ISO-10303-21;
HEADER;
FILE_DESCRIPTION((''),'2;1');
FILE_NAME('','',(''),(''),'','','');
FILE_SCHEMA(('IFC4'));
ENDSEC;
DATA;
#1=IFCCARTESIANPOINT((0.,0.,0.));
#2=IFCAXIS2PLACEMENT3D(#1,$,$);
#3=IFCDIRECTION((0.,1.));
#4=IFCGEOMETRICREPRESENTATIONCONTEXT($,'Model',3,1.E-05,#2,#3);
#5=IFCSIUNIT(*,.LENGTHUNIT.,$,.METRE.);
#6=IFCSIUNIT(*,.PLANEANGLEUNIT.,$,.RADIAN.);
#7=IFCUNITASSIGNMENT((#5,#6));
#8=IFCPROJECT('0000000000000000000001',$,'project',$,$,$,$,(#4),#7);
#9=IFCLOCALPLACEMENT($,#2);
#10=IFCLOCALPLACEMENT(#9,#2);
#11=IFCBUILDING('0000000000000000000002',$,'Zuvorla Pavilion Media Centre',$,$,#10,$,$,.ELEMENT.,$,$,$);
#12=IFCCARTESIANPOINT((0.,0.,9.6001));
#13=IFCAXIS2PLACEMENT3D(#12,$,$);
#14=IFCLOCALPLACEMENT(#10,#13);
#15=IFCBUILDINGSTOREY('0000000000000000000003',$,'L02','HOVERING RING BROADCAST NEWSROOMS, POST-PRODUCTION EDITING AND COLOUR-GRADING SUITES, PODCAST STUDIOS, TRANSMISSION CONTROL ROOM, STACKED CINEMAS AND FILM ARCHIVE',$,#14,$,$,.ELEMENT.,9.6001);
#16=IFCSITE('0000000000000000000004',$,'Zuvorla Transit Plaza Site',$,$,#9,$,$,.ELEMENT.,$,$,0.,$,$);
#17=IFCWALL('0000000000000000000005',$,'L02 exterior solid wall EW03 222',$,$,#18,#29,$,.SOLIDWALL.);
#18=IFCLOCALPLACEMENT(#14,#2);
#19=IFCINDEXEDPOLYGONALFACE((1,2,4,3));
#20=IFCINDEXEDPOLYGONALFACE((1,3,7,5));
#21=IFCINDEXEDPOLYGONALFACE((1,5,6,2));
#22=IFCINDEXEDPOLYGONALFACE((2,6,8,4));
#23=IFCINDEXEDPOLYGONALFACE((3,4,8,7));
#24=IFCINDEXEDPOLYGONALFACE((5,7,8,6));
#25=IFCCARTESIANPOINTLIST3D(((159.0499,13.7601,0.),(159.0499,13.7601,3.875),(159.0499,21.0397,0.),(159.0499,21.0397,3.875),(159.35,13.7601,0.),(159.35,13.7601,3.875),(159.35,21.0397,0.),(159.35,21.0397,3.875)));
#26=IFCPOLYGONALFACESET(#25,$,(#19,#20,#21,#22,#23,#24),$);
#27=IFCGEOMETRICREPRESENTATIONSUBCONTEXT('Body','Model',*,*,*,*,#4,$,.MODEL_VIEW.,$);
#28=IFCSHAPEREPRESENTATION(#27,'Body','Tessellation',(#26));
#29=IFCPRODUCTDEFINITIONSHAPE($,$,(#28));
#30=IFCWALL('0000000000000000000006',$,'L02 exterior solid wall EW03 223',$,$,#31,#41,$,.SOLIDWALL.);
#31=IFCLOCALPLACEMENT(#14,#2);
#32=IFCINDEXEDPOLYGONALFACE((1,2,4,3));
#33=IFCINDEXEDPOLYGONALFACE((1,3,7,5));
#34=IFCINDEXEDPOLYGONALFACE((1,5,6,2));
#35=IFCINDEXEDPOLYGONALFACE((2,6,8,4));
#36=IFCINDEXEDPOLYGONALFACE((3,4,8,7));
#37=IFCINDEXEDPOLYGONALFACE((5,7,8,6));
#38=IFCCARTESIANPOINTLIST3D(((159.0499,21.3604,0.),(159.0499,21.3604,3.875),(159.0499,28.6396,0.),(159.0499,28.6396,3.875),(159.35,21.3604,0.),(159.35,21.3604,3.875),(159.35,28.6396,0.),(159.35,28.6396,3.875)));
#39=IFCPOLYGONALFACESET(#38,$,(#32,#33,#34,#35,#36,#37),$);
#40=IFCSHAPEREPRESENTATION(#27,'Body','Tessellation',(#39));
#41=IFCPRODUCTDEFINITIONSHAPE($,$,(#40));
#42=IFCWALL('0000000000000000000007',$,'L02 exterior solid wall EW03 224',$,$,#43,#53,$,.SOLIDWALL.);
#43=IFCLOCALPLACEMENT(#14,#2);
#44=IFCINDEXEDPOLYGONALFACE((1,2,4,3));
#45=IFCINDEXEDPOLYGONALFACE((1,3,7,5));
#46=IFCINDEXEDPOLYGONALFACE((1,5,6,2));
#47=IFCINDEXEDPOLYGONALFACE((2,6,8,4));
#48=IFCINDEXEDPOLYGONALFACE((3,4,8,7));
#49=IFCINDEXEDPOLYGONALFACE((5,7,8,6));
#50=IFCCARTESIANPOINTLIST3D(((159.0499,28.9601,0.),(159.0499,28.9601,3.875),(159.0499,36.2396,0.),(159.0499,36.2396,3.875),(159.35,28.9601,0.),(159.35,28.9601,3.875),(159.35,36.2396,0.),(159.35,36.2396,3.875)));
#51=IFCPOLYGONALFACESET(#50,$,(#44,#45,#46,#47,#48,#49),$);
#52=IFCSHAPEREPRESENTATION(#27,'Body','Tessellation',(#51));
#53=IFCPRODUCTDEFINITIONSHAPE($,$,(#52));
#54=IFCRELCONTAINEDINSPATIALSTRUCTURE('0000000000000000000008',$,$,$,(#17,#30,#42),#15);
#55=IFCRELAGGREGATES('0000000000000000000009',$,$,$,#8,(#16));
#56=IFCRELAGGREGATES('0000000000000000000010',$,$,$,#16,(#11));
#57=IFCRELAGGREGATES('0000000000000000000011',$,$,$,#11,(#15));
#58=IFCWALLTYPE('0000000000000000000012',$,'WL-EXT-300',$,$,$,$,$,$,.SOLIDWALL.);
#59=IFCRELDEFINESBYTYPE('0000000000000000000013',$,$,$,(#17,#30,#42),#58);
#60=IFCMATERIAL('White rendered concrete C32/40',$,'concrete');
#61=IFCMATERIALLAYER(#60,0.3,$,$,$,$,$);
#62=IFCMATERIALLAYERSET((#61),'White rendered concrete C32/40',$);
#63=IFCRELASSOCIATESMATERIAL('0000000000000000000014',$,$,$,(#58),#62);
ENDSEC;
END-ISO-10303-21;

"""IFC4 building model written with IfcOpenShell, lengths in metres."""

from ifc_helpers import new_model, si_unit, direction, frame, frame_2d, origin, place, context, subcontext, project, spatial, rectangle, extrude, material, layer, layer_set, type_object, element, save


model = new_model("IFC4")

# Units and contexts
model_context = context("Model", 3, precision=1e-05, world=origin(), true_north=direction((0.0, 1.0)))
body_context = subcontext(model_context, "Body", "Model", "MODEL_VIEW")
ifc_project = project(units=[si_unit("LENGTHUNIT", "METRE"), si_unit("PLANEANGLEUNIT", "RADIAN")], contexts=[model_context])

# Site, building, storey
site_placement = place(None, origin())
site = spatial("IfcSite", under=ifc_project, at=site_placement, Name="Zuvorla Transit Plaza Site", CompositionType="ELEMENT", RefElevation=0.0)
building_placement = place(site_placement, origin())
building = spatial("IfcBuilding", under=site, at=building_placement, Name="Zuvorla Pavilion Media Centre", CompositionType="ELEMENT")
storey_placement = place(building_placement, frame((0.0, 0.0, 9.6001)))
storey = spatial("IfcBuildingStorey", under=building, at=storey_placement, Name="L02", Description="HOVERING RING BROADCAST NEWSROOMS, POST-PRODUCTION EDITING AND COLOUR-GRADING SUITES, PODCAST STUDIOS, TRANSMISSION CONTROL ROOM, STACKED CINEMAS AND FILM ARCHIVE", CompositionType="ELEMENT", Elevation=9.6001)

# Walls
ifc_material_1 = material(Name="White rendered concrete C32/40", Category="concrete")
ifc_layer = layer(ifc_material_1, 0.3)
ifc_layer_set = layer_set([ifc_layer], Name="White rendered concrete C32/40")
wall_type = type_object("IfcWallType", Name="WL-EXT-300", PredefinedType="SOLIDWALL", material=ifc_layer_set)
for number, where, z_axis, x_axis, name in (
    (1, (159.2, 13.7603, 0.0), (0.0, 0.0, 1.0), (0.0, 1.0, 0.0), "L02 exterior solid wall EW03 222"),
):
    element("IfcWall", number, at=place(storey_placement, frame(where, z_axis=z_axis, x_axis=x_axis)), inside=storey, type_object=wall_type, Name=name, PredefinedType="SOLIDWALL", context=body_context, shape_type="SweptSolid", body=[
        extrude(rectangle(XDim=7.2795, YDim=0.3, at=frame_2d((3.6396, 0.0))), origin(), (0.0, 0.0, 1.0), 3.875),
    ])
wall_1_placement = place(storey_placement, frame((159.2, 21.3604, 0.0), z_axis=(0.0, 0.0, 1.0), x_axis=(0.0, 1.0, 0.0)))
element("IfcWall", 2, at=wall_1_placement, inside=storey, type_object=wall_type, Name="L02 exterior solid wall EW03 223", PredefinedType="SOLIDWALL", context=body_context, shape_type="SweptSolid", body=[
    extrude(rectangle(XDim=7.2793, YDim=0.3, at=frame_2d((3.6396, 0.0))), origin(), (0.0, 0.0, 1.0), 3.875),
])
wall_2_placement = place(storey_placement, frame((159.2, 28.9602, 0.0), z_axis=(0.0, 0.0, 1.0), x_axis=(0.0, 1.0, 0.0)))
element("IfcWall", 3, at=wall_2_placement, inside=storey, type_object=wall_type, Name="L02 exterior solid wall EW03 224", PredefinedType="SOLIDWALL", context=body_context, shape_type="SweptSolid", body=[
    extrude(rectangle(XDim=7.2795, YDim=0.3, at=frame_2d((3.6396, 0.0))), origin(), (0.0, 0.0, 1.0), 3.875),
])

save(model, "model.ifc")
